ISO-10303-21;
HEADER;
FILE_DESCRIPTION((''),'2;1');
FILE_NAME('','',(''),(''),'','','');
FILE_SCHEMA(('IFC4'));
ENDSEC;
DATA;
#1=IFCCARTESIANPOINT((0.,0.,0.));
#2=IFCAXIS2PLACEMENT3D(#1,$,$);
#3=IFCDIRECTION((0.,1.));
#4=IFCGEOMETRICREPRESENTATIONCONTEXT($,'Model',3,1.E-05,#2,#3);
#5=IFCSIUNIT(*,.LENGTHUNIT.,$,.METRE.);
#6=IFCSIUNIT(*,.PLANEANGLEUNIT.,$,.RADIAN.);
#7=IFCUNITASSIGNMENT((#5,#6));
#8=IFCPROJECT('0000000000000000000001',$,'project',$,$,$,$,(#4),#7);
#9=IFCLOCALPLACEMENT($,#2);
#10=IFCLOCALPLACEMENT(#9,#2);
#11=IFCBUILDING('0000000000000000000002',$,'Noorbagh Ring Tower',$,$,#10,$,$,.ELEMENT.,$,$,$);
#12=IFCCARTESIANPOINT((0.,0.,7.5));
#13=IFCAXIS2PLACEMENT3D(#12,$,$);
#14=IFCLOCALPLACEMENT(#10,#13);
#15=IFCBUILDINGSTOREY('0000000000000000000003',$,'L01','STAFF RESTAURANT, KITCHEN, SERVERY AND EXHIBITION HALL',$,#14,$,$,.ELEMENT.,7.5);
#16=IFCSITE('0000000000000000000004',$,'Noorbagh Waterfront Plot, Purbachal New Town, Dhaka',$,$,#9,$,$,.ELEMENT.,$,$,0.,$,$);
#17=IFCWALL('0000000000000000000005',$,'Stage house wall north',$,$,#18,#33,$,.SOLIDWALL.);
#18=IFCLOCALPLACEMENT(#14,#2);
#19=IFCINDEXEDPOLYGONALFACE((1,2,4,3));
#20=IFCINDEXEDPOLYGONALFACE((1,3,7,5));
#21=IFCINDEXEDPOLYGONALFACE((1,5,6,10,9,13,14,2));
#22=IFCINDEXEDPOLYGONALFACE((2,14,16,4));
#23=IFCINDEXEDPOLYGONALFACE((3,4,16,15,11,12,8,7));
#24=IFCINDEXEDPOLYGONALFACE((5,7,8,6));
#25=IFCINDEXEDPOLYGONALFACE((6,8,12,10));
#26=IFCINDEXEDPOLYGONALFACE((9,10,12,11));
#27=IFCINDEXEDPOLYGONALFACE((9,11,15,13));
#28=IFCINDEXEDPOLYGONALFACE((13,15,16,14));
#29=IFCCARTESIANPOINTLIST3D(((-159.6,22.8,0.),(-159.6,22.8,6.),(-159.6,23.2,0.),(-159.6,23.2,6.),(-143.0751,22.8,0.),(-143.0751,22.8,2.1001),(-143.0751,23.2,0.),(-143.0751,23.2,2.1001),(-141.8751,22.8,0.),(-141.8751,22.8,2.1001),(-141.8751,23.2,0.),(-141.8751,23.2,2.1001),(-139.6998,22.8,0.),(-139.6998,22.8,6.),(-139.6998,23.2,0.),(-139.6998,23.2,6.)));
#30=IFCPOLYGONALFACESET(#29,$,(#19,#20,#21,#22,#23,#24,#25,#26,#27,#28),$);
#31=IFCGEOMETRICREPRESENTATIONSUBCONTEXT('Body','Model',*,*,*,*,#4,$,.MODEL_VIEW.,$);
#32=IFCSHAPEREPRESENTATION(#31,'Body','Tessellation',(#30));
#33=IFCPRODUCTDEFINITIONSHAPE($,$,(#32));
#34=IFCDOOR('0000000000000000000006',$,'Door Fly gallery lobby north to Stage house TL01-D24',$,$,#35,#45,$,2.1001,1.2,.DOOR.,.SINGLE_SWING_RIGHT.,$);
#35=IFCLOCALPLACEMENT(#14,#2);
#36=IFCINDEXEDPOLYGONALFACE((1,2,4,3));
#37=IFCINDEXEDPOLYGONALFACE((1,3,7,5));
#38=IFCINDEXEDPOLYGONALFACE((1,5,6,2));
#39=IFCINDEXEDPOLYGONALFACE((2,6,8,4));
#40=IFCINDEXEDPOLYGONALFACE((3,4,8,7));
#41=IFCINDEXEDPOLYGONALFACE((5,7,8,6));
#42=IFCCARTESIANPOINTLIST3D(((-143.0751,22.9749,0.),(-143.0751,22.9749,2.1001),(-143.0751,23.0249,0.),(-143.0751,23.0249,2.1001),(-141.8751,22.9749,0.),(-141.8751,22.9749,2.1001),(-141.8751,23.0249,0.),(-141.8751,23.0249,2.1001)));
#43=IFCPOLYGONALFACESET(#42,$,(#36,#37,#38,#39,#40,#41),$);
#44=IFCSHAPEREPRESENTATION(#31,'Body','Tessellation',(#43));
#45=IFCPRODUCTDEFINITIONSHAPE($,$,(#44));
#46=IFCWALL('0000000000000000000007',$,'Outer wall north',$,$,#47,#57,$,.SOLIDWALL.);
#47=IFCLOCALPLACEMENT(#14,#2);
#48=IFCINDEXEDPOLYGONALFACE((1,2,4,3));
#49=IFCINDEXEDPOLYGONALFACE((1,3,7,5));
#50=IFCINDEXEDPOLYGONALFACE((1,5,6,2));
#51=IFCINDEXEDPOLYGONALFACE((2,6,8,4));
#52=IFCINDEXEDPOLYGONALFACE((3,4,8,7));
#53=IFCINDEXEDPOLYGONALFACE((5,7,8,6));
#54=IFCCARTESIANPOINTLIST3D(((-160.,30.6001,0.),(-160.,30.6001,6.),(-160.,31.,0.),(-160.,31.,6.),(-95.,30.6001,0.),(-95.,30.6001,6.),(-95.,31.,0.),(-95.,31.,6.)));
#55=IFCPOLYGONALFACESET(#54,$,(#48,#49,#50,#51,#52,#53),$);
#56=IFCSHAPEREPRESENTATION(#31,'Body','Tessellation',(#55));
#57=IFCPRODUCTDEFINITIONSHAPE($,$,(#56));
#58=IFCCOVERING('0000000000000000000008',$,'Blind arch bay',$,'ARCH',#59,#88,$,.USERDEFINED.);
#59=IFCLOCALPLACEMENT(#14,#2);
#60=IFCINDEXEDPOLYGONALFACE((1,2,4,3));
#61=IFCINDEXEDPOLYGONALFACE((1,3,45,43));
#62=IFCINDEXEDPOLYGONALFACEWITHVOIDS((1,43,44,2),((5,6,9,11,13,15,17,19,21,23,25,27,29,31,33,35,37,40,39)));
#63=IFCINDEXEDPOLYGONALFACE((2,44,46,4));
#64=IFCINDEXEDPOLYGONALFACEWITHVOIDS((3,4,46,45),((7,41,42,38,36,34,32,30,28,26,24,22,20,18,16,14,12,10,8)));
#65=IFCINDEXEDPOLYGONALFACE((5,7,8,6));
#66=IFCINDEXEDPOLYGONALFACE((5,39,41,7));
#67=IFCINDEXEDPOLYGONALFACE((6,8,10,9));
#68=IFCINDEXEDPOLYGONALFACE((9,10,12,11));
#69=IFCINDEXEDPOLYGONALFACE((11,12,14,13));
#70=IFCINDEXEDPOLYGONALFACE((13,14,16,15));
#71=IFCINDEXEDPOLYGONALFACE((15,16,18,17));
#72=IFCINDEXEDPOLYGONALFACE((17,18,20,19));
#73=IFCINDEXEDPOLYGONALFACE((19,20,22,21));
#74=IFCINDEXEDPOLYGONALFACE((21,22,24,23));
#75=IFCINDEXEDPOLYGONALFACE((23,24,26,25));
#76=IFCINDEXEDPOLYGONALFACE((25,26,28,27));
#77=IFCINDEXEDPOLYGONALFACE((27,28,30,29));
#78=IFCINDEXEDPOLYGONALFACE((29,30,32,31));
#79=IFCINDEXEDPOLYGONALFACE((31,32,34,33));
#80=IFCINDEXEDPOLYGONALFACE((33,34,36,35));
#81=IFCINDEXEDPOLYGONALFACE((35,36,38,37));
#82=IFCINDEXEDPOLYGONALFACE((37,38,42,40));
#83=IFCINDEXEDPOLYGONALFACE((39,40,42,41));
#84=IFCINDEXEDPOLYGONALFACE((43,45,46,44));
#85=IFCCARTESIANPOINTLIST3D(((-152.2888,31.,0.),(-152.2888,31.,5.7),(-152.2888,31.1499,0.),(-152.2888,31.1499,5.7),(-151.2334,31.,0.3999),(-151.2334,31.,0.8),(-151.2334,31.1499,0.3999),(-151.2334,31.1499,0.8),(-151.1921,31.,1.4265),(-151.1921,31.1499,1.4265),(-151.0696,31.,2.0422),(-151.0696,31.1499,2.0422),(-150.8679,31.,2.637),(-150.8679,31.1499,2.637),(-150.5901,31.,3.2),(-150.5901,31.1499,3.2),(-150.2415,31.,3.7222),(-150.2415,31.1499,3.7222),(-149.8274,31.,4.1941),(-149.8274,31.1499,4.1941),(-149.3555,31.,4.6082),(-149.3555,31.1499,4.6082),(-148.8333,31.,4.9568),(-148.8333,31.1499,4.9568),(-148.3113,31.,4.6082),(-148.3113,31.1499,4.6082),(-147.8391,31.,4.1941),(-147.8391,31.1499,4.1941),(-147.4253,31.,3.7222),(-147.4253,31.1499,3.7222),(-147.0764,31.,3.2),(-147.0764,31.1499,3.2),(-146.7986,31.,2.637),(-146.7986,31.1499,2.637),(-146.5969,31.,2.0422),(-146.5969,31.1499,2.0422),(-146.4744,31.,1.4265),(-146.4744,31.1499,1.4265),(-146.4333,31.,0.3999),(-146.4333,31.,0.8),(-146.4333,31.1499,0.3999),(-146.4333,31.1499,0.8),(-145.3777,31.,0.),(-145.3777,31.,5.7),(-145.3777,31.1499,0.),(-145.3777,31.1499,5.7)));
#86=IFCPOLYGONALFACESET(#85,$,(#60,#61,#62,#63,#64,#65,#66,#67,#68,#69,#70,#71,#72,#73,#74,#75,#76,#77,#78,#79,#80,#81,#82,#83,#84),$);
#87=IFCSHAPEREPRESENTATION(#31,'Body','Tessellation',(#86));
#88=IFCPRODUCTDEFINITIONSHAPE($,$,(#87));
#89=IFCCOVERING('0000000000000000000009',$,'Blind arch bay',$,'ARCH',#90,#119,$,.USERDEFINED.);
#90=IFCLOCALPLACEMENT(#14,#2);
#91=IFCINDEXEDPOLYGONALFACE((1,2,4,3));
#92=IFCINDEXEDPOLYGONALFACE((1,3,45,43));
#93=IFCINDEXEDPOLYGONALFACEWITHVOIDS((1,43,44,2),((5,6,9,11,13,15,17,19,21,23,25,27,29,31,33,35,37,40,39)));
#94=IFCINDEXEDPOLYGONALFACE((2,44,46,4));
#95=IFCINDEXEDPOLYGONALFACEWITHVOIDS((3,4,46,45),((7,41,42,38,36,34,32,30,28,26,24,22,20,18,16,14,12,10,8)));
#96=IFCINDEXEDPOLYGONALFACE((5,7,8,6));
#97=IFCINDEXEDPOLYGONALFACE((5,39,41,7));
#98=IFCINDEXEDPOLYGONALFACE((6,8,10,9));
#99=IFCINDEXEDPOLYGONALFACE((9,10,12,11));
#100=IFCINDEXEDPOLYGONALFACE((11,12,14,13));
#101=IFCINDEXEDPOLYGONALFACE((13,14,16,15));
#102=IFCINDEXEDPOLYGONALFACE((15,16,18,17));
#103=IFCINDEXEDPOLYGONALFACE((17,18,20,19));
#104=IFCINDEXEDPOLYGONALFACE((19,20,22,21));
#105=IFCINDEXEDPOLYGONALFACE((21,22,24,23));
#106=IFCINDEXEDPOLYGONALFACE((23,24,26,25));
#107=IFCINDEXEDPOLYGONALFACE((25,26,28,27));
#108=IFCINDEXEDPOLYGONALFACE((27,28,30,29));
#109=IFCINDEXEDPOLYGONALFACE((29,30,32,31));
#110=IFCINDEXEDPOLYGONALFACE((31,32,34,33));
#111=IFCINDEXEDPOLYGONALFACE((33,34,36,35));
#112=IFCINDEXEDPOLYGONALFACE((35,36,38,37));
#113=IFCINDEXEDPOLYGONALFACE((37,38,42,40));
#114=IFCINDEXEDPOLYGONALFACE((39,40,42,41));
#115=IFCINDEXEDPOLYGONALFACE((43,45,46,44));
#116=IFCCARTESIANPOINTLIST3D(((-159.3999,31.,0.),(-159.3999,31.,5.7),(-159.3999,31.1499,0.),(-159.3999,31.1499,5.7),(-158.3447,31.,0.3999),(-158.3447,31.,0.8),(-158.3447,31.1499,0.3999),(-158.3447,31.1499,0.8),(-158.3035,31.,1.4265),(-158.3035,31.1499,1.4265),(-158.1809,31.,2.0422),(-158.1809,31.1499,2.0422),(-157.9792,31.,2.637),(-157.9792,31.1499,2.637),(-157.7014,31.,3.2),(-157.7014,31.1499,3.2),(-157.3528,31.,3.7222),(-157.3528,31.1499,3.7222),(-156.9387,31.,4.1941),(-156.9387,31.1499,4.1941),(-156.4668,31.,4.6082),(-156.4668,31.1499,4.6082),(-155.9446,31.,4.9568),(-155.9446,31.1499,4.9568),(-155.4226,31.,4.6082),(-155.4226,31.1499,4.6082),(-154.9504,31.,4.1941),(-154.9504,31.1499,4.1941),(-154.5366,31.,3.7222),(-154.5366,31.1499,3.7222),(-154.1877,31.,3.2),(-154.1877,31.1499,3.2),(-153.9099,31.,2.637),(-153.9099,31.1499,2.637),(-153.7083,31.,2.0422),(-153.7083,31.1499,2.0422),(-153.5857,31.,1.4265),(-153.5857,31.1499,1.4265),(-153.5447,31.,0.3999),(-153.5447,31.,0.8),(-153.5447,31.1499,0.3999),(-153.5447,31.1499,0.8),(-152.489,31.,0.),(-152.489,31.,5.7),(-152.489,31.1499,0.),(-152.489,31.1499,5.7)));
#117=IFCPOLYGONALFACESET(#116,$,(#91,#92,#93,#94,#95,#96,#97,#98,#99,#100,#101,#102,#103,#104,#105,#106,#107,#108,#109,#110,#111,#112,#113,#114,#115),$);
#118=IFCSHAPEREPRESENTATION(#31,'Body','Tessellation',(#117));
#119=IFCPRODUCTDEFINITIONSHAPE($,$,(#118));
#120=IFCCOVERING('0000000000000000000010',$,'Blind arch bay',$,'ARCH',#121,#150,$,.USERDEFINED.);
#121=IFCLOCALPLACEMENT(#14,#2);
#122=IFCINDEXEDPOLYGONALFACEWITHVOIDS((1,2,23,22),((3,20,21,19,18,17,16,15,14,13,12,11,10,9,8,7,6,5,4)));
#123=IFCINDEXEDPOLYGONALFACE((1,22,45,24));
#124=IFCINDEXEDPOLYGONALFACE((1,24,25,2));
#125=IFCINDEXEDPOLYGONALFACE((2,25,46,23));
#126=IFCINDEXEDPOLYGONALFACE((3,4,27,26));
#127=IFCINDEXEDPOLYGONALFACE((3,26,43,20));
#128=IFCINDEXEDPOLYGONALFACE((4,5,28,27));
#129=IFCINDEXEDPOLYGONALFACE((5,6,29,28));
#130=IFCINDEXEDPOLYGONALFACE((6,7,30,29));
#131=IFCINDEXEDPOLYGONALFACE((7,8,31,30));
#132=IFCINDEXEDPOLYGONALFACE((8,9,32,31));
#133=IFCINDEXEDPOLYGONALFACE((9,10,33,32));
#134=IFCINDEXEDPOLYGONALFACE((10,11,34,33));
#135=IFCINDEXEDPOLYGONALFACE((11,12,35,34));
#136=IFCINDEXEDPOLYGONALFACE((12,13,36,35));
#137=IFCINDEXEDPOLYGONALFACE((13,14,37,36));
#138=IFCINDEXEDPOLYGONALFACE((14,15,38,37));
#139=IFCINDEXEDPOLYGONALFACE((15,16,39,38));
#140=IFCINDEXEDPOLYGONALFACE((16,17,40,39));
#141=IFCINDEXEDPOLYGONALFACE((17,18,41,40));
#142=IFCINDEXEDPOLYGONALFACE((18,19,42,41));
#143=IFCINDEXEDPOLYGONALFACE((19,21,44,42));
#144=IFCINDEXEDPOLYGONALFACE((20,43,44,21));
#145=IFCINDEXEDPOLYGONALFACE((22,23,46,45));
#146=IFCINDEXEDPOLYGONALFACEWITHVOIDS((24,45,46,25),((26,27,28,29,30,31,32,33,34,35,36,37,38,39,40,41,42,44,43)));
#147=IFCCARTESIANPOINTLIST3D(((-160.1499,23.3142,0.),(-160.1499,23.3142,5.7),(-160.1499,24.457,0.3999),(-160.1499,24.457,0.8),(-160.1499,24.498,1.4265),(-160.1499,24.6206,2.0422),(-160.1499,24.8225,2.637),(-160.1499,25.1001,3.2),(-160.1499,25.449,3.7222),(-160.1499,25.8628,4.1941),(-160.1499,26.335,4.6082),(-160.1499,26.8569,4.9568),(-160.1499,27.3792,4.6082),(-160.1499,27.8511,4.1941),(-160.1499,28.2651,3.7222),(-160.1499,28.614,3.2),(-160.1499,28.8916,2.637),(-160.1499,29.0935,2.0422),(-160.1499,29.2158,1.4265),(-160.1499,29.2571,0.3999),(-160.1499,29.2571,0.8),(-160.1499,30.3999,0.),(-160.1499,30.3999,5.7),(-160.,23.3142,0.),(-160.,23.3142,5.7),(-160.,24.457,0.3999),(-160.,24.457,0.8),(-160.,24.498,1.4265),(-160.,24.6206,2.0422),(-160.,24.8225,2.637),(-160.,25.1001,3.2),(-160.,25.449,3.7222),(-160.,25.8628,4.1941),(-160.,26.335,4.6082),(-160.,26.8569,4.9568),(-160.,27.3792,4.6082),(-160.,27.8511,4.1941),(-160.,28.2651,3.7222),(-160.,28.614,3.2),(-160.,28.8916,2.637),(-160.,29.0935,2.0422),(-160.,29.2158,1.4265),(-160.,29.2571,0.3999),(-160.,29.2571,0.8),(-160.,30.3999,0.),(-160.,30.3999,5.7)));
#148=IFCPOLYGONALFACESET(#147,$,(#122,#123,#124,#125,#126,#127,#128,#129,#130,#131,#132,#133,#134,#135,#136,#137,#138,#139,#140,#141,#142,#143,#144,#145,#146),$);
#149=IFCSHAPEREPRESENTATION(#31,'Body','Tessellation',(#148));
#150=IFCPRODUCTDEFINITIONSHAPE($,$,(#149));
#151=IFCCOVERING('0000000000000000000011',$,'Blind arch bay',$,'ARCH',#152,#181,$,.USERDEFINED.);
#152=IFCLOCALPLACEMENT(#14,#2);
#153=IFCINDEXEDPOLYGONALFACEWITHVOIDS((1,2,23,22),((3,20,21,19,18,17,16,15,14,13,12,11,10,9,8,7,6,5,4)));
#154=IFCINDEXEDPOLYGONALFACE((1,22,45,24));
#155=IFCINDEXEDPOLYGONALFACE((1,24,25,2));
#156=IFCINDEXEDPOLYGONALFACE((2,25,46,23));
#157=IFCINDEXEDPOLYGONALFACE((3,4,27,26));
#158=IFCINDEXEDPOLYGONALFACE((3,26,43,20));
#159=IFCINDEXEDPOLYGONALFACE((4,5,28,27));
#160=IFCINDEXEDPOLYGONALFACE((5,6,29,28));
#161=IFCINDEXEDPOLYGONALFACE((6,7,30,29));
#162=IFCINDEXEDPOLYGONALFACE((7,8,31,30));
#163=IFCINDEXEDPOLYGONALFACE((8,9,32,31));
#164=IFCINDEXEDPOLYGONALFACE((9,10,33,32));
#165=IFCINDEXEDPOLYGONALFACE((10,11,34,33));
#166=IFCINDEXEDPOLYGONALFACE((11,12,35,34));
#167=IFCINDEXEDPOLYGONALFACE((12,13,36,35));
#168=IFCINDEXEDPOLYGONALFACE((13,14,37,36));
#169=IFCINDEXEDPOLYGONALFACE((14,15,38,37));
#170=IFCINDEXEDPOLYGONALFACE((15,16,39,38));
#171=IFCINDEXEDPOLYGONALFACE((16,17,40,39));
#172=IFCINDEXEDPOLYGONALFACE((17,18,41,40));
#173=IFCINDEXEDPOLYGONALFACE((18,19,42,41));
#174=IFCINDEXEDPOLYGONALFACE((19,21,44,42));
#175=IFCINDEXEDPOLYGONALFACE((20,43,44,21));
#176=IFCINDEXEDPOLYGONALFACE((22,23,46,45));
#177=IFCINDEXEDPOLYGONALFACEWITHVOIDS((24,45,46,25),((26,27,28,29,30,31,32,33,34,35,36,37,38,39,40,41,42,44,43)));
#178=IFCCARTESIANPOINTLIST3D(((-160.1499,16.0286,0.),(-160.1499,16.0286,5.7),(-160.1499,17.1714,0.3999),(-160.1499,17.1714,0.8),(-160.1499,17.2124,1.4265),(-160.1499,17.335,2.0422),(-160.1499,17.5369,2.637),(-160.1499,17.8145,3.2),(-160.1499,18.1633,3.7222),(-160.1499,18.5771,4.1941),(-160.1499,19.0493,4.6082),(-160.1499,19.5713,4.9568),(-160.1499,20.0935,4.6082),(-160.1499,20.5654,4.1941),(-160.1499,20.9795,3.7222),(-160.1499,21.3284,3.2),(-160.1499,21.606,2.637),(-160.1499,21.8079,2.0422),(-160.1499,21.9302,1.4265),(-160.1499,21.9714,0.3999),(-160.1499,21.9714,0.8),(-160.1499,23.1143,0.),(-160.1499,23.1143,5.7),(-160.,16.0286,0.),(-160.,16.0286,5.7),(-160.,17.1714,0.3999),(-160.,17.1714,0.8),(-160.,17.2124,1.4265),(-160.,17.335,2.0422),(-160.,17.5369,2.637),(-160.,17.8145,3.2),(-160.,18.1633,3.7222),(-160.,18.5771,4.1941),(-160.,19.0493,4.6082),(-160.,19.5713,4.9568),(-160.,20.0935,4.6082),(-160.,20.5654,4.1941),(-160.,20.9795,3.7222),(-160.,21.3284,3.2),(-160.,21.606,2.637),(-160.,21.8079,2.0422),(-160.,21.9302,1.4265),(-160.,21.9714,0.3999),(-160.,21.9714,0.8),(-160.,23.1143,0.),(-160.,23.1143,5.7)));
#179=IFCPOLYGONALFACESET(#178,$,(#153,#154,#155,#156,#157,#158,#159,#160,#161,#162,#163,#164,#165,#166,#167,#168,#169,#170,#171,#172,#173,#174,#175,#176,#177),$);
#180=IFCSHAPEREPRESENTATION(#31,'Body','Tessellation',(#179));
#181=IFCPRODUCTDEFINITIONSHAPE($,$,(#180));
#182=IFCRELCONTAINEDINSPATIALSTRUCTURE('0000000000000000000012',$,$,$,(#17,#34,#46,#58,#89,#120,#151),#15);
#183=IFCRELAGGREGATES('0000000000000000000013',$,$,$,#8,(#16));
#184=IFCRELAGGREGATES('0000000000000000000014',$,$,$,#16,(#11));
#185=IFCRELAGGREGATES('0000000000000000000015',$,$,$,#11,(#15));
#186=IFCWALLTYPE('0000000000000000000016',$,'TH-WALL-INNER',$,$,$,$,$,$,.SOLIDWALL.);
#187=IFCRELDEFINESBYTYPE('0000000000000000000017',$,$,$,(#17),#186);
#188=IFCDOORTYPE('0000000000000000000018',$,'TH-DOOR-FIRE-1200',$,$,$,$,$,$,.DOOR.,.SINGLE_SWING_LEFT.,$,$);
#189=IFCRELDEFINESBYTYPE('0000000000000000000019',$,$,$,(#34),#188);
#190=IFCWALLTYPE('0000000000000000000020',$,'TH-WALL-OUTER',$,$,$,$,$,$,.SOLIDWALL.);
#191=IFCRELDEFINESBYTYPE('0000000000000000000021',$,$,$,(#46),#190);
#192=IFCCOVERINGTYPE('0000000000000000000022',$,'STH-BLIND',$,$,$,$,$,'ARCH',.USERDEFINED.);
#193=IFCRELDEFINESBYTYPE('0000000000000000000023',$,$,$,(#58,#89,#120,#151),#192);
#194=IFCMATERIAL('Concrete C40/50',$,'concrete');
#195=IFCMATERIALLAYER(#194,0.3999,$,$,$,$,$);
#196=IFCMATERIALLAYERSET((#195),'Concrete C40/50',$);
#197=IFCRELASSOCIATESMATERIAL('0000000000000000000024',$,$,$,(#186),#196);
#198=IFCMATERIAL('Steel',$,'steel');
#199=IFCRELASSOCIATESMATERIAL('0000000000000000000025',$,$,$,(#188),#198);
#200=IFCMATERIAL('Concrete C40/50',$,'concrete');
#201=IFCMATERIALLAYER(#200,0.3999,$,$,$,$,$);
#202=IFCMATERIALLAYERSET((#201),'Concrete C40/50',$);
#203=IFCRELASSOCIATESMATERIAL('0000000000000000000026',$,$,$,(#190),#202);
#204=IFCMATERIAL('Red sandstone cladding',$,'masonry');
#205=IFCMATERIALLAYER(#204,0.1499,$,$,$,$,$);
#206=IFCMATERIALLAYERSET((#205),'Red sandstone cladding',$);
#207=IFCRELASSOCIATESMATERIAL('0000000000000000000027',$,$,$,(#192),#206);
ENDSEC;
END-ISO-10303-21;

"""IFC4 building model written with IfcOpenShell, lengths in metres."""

from ifc_helpers import new_model, si_unit, direction, frame, frame_2d, origin, place, context, subcontext, project, spatial, polyline, rectangle, outline, extrude, material, layer, layer_set, type_object, element, fill, save


model = new_model("IFC4")

# Units and contexts
model_context = context("Model", 3, precision=1e-05, world=origin(), true_north=direction((0.0, 1.0)))
body_context = subcontext(model_context, "Body", "Model", "MODEL_VIEW")
ifc_project = project(units=[si_unit("LENGTHUNIT", "METRE"), si_unit("PLANEANGLEUNIT", "RADIAN")], contexts=[model_context])

# Site, building, storey
site_placement = place(None, origin())
site = spatial("IfcSite", under=ifc_project, at=site_placement, Name="Noorbagh Waterfront Plot, Purbachal New Town, Dhaka", CompositionType="ELEMENT", RefElevation=0.0)
building_placement = place(site_placement, origin())
building = spatial("IfcBuilding", under=site, at=building_placement, Name="Noorbagh Ring Tower", CompositionType="ELEMENT")
storey_placement = place(building_placement, frame((0.0, 0.0, 7.5)))
storey = spatial("IfcBuildingStorey", under=building, at=storey_placement, Name="L01", Description="STAFF RESTAURANT, KITCHEN, SERVERY AND EXHIBITION HALL", CompositionType="ELEMENT", Elevation=7.5)

# Wall, opening, door
ifc_material_1 = material(Name="Concrete C40/50", Category="concrete")
ifc_layer_1 = layer(ifc_material_1, 0.3999)
ifc_layer_set_1 = layer_set([ifc_layer_1], Name="Concrete C40/50")
wall_type_1 = type_object("IfcWallType", Name="TH-WALL-INNER", PredefinedType="SOLIDWALL", material=ifc_layer_set_1)
wall_1_placement = place(storey_placement, frame((-159.6001, 23.0, 0.0), z_axis=(0.0, 0.0, 1.0), x_axis=(1.0, 0.0, 0.0)))
wall_1 = element("IfcWall", 1, at=wall_1_placement, inside=storey, type_object=wall_type_1, Name="Stage house wall north", PredefinedType="SOLIDWALL", context=body_context, shape_type="SweptSolid", body=[
    extrude(rectangle(XDim=19.9001, YDim=0.3999, at=frame_2d((9.9502, 0.0))), origin(), (0.0, 0.0, 1.0), 6.0),
])
opening_1_placement = place(wall_1_placement, frame((16.5249, 0.0, 0.0)))
opening_1 = element("IfcOpeningElement", 2, at=opening_1_placement, cuts=wall_1, PredefinedType="OPENING", context=body_context, shape_type="SweptSolid", body=[
    extrude(rectangle(XDim=1.2, YDim=2.1001, at=frame_2d((0.6001, 1.05))), frame((0.0, 0.21, 0.0), z_axis=(0.0, -1.0, 0.0), x_axis=(1.0, 0.0, 0.0)), (0.0, 0.0, 1.0), 0.4199),
])
ifc_material_2 = material(Name="Steel", Category="steel")
door_type_1 = type_object("IfcDoorType", Name="TH-DOOR-FIRE-1200", OperationType="SINGLE_SWING_LEFT", PredefinedType="DOOR", material=ifc_material_2)
door_1_placement = place(opening_1_placement, origin())
door_1 = element("IfcDoor", 3, at=door_1_placement, inside=storey, type_object=door_type_1, Name="Door Fly gallery lobby north to Stage house TL01-D24", OperationType="SINGLE_SWING_RIGHT", OverallHeight=2.1001, OverallWidth=1.2, PredefinedType="DOOR", context=body_context, shape_type="SweptSolid", body=[
    extrude(rectangle(XDim=1.2, YDim=2.1001, at=frame_2d((0.6001, 1.05))), frame((0.0, 0.0249, 0.0), z_axis=(0.0, -1.0, 0.0), x_axis=(1.0, 0.0, 0.0)), (0.0, 0.0, 1.0), 0.05),
])
fill(opening_1, door_1)

# Wall
ifc_material_3 = material(Name="Concrete C40/50", Category="concrete")
ifc_layer_2 = layer(ifc_material_3, 0.3999)
ifc_layer_set_2 = layer_set([ifc_layer_2], Name="Concrete C40/50")
wall_type_2 = type_object("IfcWallType", Name="TH-WALL-OUTER", PredefinedType="SOLIDWALL", material=ifc_layer_set_2)
wall_2_placement = place(storey_placement, frame((-160.0, 30.8, 0.0), z_axis=(0.0, 0.0, 1.0), x_axis=(1.0, 0.0, 0.0)))
element("IfcWall", 4, at=wall_2_placement, inside=storey, type_object=wall_type_2, Name="Outer wall north", PredefinedType="SOLIDWALL", context=body_context, shape_type="SweptSolid", body=[
    extrude(rectangle(XDim=65.0, YDim=0.3999, at=frame_2d((32.5, 0.0))), origin(), (0.0, 0.0, 1.0), 6.0),
])

# Coverings
ifc_material_4 = material(Name="Red sandstone cladding", Category="masonry")
ifc_layer_3 = layer(ifc_material_4, 0.1499)
ifc_layer_set_3 = layer_set([ifc_layer_3], Name="Red sandstone cladding")
covering_type = type_object("IfcCoveringType", Name="STH-BLIND", ElementType="ARCH", PredefinedType="USERDEFINED", material=ifc_layer_set_3)
covering_1_placement = place(storey_placement, frame((-145.3777, 31.1499, 0.0), z_axis=(0.0, 1.0, 0.0), x_axis=(-1.0, 0.0, 0.0)))
element("IfcCovering", 5, at=covering_1_placement, inside=storey, type_object=covering_type, Name="Blind arch bay", ObjectType="ARCH", PredefinedType="USERDEFINED", context=body_context, shape_type="SweptSolid", body=[
    extrude(outline(polyline([(0.0, 0.0), (6.9111, 0.0), (6.9111, 5.7), (0.0, 5.7), (0.0, 0.0)]), holes=[polyline([(1.0557, 0.3999), (1.0557, 0.8), (1.0967, 1.4265), (1.2192, 2.0422), (1.4209, 2.637), (1.6987, 3.2), (2.0476, 3.7222), (2.4614, 4.1941), (2.9336, 4.6082), (3.4556, 4.9568), (3.9778, 4.6082), (4.4497, 4.1941), (4.8638, 3.7222), (5.2124, 3.2), (5.4902, 2.637), (5.6919, 2.0422), (5.8145, 1.4265), (5.8557, 0.8), (5.8557, 0.3999), (1.0557, 0.3999)])]), origin(), (0.0, 0.0, -1.0), 0.1499),
])
covering_2_placement = place(storey_placement, frame((-152.489, 31.1499, 0.0), z_axis=(0.0, 1.0, 0.0), x_axis=(-1.0, 0.0, 0.0)))
element("IfcCovering", 6, at=covering_2_placement, inside=storey, type_object=covering_type, Name="Blind arch bay", ObjectType="ARCH", PredefinedType="USERDEFINED", context=body_context, shape_type="SweptSolid", body=[
    extrude(outline(polyline([(0.0, 0.0), (6.9109, 0.0), (6.9109, 5.7), (0.0, 5.7), (0.0, 0.0)]), holes=[polyline([(1.0557, 0.3999), (1.0557, 0.8), (1.0967, 1.4265), (1.2192, 2.0422), (1.4209, 2.637), (1.6987, 3.2), (2.0476, 3.7222), (2.4614, 4.1941), (2.9336, 4.6082), (3.4556, 4.9568), (3.9778, 4.6082), (4.4497, 4.1941), (4.8638, 3.7222), (5.2124, 3.2), (5.4902, 2.637), (5.6919, 2.0422), (5.8145, 1.4265), (5.8557, 0.8), (5.8557, 0.3999), (1.0557, 0.3999)])]), origin(), (0.0, 0.0, -1.0), 0.1499),
])
for number, where, z_axis, x_axis, name in (
    (7, (-160.1499, 30.3999, 0.0), (-1.0, 0.0, 0.0), (0.0, -1.0, 0.0), "Blind arch bay"),
    (8, (-160.1499, 23.1143, 0.0), (-1.0, 0.0, 0.0), (0.0, -1.0, 0.0), "Blind arch bay"),
):
    element("IfcCovering", number, at=place(storey_placement, frame(where, z_axis=z_axis, x_axis=x_axis)), inside=storey, type_object=covering_type, Name=name, ObjectType="ARCH", PredefinedType="USERDEFINED", context=body_context, shape_type="SweptSolid", body=[
        extrude(outline(polyline([(0.0, 0.0), (7.0857, 0.0), (7.0857, 5.7), (0.0, 5.7), (0.0, 0.0)]), holes=[polyline([(1.1428, 0.3999), (1.1428, 0.8), (1.1841, 1.4265), (1.3064, 2.0422), (1.5083, 2.637), (1.7859, 3.2), (2.1348, 3.7222), (2.5488, 4.1941), (3.0208, 4.6082), (3.543, 4.9568), (4.0649, 4.6082), (4.5371, 4.1941), (4.9509, 3.7222), (5.2998, 3.2), (5.5774, 2.637), (5.7793, 2.0422), (5.9019, 1.4265), (5.9429, 0.8), (5.9429, 0.3999), (1.1428, 0.3999)])]), origin(), (0.0, 0.0, -1.0), 0.1499),
    ])

save(model, "model.ifc")
